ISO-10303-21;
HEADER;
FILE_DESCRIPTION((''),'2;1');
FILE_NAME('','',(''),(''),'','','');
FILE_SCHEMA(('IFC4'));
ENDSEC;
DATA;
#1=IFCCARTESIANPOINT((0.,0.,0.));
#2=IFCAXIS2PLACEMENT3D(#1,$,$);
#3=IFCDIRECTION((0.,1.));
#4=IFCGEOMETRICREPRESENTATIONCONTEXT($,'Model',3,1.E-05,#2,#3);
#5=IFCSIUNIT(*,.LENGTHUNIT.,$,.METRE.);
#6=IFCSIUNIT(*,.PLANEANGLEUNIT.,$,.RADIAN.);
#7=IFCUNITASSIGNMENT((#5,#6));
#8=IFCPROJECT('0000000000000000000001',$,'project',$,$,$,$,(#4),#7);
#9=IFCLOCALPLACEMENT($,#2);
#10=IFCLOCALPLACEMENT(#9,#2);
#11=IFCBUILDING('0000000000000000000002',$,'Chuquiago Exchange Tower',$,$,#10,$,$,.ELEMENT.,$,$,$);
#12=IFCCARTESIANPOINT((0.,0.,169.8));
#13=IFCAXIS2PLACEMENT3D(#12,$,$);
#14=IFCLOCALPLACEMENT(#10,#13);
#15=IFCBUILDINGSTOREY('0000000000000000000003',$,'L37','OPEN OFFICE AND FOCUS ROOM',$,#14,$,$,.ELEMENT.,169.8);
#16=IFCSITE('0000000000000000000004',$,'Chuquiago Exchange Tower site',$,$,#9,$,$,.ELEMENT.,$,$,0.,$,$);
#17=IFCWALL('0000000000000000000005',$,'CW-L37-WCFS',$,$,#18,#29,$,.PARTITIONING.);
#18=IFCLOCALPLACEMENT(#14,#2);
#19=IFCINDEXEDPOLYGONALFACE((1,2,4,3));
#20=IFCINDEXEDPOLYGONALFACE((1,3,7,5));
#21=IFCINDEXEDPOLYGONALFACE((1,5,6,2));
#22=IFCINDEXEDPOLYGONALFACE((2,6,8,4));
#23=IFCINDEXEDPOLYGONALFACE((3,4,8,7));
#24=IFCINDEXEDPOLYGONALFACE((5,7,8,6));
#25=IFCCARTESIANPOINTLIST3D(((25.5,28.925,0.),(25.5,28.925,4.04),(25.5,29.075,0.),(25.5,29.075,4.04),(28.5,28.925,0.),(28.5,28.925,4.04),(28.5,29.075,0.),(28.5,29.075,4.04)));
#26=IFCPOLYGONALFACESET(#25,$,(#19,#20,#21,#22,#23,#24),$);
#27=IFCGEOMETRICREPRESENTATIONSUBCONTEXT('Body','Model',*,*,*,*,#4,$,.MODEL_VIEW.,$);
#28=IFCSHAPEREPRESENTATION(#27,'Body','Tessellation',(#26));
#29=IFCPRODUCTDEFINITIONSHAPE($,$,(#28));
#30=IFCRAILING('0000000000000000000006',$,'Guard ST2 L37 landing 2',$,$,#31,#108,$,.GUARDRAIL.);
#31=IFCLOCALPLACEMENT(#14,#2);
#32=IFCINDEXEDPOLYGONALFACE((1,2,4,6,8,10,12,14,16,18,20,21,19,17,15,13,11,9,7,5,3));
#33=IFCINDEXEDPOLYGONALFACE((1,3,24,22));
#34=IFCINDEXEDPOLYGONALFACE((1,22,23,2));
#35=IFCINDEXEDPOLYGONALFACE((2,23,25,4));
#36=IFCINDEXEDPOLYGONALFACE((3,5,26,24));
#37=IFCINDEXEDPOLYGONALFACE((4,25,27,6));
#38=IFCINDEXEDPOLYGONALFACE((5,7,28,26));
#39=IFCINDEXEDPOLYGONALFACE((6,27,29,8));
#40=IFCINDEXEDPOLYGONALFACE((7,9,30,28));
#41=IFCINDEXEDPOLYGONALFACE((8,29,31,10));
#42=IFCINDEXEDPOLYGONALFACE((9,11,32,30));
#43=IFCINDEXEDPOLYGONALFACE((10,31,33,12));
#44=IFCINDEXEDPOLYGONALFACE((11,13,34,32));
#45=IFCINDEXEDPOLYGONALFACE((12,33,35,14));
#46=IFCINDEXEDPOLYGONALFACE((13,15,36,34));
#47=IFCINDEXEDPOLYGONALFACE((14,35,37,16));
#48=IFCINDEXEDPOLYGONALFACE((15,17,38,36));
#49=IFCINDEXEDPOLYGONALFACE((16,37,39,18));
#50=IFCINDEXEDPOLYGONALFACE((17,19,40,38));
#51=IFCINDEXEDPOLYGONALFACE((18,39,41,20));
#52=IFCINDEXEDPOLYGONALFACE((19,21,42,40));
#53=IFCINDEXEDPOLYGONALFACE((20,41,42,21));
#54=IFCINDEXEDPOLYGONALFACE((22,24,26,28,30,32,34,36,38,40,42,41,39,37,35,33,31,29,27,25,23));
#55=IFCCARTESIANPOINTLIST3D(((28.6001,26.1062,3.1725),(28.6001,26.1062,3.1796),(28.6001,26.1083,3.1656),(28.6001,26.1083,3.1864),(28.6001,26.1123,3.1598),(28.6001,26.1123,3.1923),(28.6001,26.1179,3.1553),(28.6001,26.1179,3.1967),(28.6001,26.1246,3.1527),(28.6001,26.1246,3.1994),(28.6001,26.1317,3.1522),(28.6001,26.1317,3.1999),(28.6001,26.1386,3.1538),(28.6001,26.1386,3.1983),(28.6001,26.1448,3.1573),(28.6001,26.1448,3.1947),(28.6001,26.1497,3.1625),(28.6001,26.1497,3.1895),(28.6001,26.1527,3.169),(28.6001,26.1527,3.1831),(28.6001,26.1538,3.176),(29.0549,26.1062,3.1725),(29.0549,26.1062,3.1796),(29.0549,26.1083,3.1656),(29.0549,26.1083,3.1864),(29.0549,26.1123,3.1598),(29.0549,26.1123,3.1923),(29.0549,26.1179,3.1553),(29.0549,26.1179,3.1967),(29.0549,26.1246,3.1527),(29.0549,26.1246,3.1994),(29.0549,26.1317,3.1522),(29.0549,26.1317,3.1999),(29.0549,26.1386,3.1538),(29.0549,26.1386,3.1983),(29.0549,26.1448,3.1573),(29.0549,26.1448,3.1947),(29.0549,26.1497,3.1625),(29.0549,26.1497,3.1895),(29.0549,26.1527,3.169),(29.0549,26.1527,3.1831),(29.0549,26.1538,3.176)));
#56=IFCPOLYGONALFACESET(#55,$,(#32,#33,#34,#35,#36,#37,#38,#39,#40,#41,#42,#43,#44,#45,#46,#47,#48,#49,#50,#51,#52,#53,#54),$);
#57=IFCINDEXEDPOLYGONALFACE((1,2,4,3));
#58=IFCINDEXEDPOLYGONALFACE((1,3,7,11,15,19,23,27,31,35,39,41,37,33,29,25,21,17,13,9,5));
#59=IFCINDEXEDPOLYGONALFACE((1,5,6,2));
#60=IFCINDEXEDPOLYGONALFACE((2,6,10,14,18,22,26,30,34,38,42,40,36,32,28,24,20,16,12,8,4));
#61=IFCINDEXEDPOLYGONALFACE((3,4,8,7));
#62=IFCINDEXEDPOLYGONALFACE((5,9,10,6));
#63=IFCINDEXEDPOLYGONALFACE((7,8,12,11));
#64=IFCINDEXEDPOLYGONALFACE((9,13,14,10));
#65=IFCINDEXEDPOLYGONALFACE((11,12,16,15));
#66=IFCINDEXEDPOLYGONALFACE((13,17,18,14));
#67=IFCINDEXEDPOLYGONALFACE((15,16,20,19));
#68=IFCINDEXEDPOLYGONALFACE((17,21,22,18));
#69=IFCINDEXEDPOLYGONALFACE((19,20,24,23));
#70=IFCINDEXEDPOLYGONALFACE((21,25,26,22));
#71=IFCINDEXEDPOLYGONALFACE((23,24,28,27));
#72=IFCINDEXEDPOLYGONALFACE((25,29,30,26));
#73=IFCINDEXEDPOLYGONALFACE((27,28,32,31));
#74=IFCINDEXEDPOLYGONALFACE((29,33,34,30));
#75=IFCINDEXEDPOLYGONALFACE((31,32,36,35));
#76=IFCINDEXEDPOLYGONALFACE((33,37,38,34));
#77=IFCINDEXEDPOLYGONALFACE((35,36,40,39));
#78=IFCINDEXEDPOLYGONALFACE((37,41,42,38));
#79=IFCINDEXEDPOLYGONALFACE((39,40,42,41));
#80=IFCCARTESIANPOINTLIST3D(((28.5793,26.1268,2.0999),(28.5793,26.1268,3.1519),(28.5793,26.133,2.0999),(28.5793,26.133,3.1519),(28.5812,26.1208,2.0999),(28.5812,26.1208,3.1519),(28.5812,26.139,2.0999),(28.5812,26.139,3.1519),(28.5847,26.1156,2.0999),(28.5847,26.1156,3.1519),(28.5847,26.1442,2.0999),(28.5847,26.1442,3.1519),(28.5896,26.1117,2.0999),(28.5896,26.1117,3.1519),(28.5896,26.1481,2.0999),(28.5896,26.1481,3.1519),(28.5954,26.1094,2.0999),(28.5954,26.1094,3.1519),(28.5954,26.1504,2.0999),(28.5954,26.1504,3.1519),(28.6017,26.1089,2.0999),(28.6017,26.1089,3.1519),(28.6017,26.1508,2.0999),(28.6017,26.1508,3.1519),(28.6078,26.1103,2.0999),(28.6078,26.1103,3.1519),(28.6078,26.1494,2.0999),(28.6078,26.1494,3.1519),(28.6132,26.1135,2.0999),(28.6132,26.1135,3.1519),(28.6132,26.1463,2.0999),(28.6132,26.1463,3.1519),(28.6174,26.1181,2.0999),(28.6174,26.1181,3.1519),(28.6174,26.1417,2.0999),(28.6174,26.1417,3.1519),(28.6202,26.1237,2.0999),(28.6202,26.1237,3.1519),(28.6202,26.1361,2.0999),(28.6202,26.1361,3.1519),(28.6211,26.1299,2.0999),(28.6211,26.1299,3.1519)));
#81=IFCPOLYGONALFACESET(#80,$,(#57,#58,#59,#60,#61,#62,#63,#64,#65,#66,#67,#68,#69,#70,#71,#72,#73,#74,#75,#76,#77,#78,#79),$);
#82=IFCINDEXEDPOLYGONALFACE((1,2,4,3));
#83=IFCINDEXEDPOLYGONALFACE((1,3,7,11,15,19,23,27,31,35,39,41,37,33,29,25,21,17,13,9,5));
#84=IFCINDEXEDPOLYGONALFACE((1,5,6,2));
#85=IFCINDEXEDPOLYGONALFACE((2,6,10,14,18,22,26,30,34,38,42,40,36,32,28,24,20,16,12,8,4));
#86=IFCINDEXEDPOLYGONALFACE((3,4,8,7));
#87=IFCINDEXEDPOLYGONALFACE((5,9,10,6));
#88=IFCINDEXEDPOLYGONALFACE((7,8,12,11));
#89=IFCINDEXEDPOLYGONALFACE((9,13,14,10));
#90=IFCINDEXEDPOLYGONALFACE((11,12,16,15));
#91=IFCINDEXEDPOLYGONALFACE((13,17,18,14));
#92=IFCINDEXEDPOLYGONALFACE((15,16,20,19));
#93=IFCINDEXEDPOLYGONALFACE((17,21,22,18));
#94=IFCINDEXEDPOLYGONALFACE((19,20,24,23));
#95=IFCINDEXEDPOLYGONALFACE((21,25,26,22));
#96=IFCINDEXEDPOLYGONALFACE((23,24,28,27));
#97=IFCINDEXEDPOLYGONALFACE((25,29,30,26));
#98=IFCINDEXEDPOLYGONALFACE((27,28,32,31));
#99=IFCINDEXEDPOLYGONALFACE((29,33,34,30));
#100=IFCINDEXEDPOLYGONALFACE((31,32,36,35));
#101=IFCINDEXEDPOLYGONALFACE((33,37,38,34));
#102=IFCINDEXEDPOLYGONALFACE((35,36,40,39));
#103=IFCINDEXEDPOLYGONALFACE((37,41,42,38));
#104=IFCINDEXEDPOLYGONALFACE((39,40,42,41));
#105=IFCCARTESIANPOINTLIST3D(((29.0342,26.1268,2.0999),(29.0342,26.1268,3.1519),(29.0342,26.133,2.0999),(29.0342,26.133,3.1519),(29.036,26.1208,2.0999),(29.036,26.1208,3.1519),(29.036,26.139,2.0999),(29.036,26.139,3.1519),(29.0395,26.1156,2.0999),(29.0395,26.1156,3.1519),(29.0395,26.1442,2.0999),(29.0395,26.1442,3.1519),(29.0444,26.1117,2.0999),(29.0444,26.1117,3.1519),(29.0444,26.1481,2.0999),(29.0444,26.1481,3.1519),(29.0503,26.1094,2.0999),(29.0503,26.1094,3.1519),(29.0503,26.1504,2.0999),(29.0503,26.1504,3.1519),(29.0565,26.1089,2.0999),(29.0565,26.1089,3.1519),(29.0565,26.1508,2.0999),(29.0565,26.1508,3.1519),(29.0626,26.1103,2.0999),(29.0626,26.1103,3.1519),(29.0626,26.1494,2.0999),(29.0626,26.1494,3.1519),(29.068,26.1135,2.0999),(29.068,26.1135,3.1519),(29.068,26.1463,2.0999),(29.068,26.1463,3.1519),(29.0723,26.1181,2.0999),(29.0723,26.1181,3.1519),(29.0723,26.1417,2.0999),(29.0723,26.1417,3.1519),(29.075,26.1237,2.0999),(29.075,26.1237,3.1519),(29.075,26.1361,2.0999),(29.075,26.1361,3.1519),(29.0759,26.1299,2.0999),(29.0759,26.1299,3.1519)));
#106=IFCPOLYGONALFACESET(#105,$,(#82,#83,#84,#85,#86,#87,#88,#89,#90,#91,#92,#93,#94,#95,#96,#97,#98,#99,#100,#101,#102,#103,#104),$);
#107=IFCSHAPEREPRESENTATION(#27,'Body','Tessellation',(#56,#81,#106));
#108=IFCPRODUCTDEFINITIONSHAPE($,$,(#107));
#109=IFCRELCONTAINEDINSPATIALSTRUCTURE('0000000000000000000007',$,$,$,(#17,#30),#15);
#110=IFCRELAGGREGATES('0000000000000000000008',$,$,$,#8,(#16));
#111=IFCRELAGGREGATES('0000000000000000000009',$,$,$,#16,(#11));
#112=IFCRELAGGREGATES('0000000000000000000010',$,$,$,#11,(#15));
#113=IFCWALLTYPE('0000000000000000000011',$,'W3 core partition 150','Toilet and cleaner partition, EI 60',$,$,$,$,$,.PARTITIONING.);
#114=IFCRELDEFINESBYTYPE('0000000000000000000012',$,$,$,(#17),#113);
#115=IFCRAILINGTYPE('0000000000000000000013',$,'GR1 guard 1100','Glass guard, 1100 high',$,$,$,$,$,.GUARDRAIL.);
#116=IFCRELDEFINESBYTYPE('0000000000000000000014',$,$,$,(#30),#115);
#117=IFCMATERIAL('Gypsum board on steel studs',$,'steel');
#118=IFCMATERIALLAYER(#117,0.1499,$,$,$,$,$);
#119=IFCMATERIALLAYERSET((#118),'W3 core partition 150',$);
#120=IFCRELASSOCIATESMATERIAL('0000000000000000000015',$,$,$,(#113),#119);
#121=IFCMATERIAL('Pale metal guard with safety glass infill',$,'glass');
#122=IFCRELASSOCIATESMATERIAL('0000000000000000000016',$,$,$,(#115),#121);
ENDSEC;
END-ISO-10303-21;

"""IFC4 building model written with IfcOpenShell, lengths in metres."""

from ifc_helpers import new_model, si_unit, direction, frame, frame_2d, origin, origin_2d, place, context, subcontext, project, spatial, rectangle, circle, extrude, material, layer, layer_set, type_object, element, save


model = new_model("IFC4")

# Units and contexts
model_context = context("Model", 3, precision=1e-05, world=origin(), true_north=direction((0.0, 1.0)))
body_context = subcontext(model_context, "Body", "Model", "MODEL_VIEW")
ifc_project = project(units=[si_unit("LENGTHUNIT", "METRE"), si_unit("PLANEANGLEUNIT", "RADIAN")], contexts=[model_context])

# Site, building, storey
site_placement = place(None, origin())
site = spatial("IfcSite", under=ifc_project, at=site_placement, Name="Chuquiago Exchange Tower site", CompositionType="ELEMENT", RefElevation=0.0)
building_placement = place(site_placement, origin())
building = spatial("IfcBuilding", under=site, at=building_placement, Name="Chuquiago Exchange Tower", CompositionType="ELEMENT")
storey_placement = place(building_placement, frame((0.0, 0.0, 169.8)))
storey = spatial("IfcBuildingStorey", under=building, at=storey_placement, Name="L37", Description="OPEN OFFICE AND FOCUS ROOM", CompositionType="ELEMENT", Elevation=169.8)

# Shared definitions
ifc_material_1 = material(Name="Gypsum board on steel studs", Category="steel")
ifc_layer_1 = layer(ifc_material_1, 0.1499)
ifc_layer_set_1 = layer_set([ifc_layer_1], Name="W3 core partition 150")
wall_type_1 = type_object("IfcWallType", Name="W3 core partition 150", Description="Toilet and cleaner partition, EI 60", PredefinedType="PARTITIONING", material=ifc_layer_set_1)

# Wall
wall_1_placement = place(storey_placement, frame((25.5, 29.0, 0.0), z_axis=(0.0, 0.0, 1.0), x_axis=(1.0, 0.0, 0.0)))
element("IfcWall", 1, at=wall_1_placement, inside=storey, type_object=wall_type_1, Name="CW-L37-WCFS", PredefinedType="PARTITIONING", context=body_context, shape_type="SweptSolid", body=[
    extrude(rectangle(XDim=3.0, YDim=0.1499, at=frame_2d((1.5, 0.0))), origin(), (0.0, 0.0, 1.0), 4.04),
])

# Railing
ifc_material_2 = material(Name="Pale metal guard with safety glass infill", Category="glass")
railing_type_1 = type_object("IfcRailingType", Name="GR1 guard 1100", Description="Glass guard, 1100 high", PredefinedType="GUARDRAIL", material=ifc_material_2)
railing_1_placement = place(storey_placement, frame((28.6001, 26.1299, 2.0999)))
element("IfcRailing", 2, at=railing_1_placement, inside=storey, type_object=railing_type_1, Name="Guard ST2 L37 landing 2", PredefinedType="GUARDRAIL", context=body_context, shape_type="SweptSolid", body=[
    extrude(circle(Radius=0.0239, at=origin_2d()), frame((0.0, 0.0, 1.0762), z_axis=(1.0, 0.0, 0.0), x_axis=(0.0, 1.0, 0.0)), (0.0, 0.0, 1.0), 0.4548),
    extrude(circle(Radius=0.021, at=origin_2d()), origin(), (0.0, 0.0, 1.0), 1.052),
    extrude(circle(Radius=0.021, at=origin_2d()), frame((0.4548, 0.0, 0.0)), (0.0, 0.0, 1.0), 1.052),
])

save(model, "model.ifc")
